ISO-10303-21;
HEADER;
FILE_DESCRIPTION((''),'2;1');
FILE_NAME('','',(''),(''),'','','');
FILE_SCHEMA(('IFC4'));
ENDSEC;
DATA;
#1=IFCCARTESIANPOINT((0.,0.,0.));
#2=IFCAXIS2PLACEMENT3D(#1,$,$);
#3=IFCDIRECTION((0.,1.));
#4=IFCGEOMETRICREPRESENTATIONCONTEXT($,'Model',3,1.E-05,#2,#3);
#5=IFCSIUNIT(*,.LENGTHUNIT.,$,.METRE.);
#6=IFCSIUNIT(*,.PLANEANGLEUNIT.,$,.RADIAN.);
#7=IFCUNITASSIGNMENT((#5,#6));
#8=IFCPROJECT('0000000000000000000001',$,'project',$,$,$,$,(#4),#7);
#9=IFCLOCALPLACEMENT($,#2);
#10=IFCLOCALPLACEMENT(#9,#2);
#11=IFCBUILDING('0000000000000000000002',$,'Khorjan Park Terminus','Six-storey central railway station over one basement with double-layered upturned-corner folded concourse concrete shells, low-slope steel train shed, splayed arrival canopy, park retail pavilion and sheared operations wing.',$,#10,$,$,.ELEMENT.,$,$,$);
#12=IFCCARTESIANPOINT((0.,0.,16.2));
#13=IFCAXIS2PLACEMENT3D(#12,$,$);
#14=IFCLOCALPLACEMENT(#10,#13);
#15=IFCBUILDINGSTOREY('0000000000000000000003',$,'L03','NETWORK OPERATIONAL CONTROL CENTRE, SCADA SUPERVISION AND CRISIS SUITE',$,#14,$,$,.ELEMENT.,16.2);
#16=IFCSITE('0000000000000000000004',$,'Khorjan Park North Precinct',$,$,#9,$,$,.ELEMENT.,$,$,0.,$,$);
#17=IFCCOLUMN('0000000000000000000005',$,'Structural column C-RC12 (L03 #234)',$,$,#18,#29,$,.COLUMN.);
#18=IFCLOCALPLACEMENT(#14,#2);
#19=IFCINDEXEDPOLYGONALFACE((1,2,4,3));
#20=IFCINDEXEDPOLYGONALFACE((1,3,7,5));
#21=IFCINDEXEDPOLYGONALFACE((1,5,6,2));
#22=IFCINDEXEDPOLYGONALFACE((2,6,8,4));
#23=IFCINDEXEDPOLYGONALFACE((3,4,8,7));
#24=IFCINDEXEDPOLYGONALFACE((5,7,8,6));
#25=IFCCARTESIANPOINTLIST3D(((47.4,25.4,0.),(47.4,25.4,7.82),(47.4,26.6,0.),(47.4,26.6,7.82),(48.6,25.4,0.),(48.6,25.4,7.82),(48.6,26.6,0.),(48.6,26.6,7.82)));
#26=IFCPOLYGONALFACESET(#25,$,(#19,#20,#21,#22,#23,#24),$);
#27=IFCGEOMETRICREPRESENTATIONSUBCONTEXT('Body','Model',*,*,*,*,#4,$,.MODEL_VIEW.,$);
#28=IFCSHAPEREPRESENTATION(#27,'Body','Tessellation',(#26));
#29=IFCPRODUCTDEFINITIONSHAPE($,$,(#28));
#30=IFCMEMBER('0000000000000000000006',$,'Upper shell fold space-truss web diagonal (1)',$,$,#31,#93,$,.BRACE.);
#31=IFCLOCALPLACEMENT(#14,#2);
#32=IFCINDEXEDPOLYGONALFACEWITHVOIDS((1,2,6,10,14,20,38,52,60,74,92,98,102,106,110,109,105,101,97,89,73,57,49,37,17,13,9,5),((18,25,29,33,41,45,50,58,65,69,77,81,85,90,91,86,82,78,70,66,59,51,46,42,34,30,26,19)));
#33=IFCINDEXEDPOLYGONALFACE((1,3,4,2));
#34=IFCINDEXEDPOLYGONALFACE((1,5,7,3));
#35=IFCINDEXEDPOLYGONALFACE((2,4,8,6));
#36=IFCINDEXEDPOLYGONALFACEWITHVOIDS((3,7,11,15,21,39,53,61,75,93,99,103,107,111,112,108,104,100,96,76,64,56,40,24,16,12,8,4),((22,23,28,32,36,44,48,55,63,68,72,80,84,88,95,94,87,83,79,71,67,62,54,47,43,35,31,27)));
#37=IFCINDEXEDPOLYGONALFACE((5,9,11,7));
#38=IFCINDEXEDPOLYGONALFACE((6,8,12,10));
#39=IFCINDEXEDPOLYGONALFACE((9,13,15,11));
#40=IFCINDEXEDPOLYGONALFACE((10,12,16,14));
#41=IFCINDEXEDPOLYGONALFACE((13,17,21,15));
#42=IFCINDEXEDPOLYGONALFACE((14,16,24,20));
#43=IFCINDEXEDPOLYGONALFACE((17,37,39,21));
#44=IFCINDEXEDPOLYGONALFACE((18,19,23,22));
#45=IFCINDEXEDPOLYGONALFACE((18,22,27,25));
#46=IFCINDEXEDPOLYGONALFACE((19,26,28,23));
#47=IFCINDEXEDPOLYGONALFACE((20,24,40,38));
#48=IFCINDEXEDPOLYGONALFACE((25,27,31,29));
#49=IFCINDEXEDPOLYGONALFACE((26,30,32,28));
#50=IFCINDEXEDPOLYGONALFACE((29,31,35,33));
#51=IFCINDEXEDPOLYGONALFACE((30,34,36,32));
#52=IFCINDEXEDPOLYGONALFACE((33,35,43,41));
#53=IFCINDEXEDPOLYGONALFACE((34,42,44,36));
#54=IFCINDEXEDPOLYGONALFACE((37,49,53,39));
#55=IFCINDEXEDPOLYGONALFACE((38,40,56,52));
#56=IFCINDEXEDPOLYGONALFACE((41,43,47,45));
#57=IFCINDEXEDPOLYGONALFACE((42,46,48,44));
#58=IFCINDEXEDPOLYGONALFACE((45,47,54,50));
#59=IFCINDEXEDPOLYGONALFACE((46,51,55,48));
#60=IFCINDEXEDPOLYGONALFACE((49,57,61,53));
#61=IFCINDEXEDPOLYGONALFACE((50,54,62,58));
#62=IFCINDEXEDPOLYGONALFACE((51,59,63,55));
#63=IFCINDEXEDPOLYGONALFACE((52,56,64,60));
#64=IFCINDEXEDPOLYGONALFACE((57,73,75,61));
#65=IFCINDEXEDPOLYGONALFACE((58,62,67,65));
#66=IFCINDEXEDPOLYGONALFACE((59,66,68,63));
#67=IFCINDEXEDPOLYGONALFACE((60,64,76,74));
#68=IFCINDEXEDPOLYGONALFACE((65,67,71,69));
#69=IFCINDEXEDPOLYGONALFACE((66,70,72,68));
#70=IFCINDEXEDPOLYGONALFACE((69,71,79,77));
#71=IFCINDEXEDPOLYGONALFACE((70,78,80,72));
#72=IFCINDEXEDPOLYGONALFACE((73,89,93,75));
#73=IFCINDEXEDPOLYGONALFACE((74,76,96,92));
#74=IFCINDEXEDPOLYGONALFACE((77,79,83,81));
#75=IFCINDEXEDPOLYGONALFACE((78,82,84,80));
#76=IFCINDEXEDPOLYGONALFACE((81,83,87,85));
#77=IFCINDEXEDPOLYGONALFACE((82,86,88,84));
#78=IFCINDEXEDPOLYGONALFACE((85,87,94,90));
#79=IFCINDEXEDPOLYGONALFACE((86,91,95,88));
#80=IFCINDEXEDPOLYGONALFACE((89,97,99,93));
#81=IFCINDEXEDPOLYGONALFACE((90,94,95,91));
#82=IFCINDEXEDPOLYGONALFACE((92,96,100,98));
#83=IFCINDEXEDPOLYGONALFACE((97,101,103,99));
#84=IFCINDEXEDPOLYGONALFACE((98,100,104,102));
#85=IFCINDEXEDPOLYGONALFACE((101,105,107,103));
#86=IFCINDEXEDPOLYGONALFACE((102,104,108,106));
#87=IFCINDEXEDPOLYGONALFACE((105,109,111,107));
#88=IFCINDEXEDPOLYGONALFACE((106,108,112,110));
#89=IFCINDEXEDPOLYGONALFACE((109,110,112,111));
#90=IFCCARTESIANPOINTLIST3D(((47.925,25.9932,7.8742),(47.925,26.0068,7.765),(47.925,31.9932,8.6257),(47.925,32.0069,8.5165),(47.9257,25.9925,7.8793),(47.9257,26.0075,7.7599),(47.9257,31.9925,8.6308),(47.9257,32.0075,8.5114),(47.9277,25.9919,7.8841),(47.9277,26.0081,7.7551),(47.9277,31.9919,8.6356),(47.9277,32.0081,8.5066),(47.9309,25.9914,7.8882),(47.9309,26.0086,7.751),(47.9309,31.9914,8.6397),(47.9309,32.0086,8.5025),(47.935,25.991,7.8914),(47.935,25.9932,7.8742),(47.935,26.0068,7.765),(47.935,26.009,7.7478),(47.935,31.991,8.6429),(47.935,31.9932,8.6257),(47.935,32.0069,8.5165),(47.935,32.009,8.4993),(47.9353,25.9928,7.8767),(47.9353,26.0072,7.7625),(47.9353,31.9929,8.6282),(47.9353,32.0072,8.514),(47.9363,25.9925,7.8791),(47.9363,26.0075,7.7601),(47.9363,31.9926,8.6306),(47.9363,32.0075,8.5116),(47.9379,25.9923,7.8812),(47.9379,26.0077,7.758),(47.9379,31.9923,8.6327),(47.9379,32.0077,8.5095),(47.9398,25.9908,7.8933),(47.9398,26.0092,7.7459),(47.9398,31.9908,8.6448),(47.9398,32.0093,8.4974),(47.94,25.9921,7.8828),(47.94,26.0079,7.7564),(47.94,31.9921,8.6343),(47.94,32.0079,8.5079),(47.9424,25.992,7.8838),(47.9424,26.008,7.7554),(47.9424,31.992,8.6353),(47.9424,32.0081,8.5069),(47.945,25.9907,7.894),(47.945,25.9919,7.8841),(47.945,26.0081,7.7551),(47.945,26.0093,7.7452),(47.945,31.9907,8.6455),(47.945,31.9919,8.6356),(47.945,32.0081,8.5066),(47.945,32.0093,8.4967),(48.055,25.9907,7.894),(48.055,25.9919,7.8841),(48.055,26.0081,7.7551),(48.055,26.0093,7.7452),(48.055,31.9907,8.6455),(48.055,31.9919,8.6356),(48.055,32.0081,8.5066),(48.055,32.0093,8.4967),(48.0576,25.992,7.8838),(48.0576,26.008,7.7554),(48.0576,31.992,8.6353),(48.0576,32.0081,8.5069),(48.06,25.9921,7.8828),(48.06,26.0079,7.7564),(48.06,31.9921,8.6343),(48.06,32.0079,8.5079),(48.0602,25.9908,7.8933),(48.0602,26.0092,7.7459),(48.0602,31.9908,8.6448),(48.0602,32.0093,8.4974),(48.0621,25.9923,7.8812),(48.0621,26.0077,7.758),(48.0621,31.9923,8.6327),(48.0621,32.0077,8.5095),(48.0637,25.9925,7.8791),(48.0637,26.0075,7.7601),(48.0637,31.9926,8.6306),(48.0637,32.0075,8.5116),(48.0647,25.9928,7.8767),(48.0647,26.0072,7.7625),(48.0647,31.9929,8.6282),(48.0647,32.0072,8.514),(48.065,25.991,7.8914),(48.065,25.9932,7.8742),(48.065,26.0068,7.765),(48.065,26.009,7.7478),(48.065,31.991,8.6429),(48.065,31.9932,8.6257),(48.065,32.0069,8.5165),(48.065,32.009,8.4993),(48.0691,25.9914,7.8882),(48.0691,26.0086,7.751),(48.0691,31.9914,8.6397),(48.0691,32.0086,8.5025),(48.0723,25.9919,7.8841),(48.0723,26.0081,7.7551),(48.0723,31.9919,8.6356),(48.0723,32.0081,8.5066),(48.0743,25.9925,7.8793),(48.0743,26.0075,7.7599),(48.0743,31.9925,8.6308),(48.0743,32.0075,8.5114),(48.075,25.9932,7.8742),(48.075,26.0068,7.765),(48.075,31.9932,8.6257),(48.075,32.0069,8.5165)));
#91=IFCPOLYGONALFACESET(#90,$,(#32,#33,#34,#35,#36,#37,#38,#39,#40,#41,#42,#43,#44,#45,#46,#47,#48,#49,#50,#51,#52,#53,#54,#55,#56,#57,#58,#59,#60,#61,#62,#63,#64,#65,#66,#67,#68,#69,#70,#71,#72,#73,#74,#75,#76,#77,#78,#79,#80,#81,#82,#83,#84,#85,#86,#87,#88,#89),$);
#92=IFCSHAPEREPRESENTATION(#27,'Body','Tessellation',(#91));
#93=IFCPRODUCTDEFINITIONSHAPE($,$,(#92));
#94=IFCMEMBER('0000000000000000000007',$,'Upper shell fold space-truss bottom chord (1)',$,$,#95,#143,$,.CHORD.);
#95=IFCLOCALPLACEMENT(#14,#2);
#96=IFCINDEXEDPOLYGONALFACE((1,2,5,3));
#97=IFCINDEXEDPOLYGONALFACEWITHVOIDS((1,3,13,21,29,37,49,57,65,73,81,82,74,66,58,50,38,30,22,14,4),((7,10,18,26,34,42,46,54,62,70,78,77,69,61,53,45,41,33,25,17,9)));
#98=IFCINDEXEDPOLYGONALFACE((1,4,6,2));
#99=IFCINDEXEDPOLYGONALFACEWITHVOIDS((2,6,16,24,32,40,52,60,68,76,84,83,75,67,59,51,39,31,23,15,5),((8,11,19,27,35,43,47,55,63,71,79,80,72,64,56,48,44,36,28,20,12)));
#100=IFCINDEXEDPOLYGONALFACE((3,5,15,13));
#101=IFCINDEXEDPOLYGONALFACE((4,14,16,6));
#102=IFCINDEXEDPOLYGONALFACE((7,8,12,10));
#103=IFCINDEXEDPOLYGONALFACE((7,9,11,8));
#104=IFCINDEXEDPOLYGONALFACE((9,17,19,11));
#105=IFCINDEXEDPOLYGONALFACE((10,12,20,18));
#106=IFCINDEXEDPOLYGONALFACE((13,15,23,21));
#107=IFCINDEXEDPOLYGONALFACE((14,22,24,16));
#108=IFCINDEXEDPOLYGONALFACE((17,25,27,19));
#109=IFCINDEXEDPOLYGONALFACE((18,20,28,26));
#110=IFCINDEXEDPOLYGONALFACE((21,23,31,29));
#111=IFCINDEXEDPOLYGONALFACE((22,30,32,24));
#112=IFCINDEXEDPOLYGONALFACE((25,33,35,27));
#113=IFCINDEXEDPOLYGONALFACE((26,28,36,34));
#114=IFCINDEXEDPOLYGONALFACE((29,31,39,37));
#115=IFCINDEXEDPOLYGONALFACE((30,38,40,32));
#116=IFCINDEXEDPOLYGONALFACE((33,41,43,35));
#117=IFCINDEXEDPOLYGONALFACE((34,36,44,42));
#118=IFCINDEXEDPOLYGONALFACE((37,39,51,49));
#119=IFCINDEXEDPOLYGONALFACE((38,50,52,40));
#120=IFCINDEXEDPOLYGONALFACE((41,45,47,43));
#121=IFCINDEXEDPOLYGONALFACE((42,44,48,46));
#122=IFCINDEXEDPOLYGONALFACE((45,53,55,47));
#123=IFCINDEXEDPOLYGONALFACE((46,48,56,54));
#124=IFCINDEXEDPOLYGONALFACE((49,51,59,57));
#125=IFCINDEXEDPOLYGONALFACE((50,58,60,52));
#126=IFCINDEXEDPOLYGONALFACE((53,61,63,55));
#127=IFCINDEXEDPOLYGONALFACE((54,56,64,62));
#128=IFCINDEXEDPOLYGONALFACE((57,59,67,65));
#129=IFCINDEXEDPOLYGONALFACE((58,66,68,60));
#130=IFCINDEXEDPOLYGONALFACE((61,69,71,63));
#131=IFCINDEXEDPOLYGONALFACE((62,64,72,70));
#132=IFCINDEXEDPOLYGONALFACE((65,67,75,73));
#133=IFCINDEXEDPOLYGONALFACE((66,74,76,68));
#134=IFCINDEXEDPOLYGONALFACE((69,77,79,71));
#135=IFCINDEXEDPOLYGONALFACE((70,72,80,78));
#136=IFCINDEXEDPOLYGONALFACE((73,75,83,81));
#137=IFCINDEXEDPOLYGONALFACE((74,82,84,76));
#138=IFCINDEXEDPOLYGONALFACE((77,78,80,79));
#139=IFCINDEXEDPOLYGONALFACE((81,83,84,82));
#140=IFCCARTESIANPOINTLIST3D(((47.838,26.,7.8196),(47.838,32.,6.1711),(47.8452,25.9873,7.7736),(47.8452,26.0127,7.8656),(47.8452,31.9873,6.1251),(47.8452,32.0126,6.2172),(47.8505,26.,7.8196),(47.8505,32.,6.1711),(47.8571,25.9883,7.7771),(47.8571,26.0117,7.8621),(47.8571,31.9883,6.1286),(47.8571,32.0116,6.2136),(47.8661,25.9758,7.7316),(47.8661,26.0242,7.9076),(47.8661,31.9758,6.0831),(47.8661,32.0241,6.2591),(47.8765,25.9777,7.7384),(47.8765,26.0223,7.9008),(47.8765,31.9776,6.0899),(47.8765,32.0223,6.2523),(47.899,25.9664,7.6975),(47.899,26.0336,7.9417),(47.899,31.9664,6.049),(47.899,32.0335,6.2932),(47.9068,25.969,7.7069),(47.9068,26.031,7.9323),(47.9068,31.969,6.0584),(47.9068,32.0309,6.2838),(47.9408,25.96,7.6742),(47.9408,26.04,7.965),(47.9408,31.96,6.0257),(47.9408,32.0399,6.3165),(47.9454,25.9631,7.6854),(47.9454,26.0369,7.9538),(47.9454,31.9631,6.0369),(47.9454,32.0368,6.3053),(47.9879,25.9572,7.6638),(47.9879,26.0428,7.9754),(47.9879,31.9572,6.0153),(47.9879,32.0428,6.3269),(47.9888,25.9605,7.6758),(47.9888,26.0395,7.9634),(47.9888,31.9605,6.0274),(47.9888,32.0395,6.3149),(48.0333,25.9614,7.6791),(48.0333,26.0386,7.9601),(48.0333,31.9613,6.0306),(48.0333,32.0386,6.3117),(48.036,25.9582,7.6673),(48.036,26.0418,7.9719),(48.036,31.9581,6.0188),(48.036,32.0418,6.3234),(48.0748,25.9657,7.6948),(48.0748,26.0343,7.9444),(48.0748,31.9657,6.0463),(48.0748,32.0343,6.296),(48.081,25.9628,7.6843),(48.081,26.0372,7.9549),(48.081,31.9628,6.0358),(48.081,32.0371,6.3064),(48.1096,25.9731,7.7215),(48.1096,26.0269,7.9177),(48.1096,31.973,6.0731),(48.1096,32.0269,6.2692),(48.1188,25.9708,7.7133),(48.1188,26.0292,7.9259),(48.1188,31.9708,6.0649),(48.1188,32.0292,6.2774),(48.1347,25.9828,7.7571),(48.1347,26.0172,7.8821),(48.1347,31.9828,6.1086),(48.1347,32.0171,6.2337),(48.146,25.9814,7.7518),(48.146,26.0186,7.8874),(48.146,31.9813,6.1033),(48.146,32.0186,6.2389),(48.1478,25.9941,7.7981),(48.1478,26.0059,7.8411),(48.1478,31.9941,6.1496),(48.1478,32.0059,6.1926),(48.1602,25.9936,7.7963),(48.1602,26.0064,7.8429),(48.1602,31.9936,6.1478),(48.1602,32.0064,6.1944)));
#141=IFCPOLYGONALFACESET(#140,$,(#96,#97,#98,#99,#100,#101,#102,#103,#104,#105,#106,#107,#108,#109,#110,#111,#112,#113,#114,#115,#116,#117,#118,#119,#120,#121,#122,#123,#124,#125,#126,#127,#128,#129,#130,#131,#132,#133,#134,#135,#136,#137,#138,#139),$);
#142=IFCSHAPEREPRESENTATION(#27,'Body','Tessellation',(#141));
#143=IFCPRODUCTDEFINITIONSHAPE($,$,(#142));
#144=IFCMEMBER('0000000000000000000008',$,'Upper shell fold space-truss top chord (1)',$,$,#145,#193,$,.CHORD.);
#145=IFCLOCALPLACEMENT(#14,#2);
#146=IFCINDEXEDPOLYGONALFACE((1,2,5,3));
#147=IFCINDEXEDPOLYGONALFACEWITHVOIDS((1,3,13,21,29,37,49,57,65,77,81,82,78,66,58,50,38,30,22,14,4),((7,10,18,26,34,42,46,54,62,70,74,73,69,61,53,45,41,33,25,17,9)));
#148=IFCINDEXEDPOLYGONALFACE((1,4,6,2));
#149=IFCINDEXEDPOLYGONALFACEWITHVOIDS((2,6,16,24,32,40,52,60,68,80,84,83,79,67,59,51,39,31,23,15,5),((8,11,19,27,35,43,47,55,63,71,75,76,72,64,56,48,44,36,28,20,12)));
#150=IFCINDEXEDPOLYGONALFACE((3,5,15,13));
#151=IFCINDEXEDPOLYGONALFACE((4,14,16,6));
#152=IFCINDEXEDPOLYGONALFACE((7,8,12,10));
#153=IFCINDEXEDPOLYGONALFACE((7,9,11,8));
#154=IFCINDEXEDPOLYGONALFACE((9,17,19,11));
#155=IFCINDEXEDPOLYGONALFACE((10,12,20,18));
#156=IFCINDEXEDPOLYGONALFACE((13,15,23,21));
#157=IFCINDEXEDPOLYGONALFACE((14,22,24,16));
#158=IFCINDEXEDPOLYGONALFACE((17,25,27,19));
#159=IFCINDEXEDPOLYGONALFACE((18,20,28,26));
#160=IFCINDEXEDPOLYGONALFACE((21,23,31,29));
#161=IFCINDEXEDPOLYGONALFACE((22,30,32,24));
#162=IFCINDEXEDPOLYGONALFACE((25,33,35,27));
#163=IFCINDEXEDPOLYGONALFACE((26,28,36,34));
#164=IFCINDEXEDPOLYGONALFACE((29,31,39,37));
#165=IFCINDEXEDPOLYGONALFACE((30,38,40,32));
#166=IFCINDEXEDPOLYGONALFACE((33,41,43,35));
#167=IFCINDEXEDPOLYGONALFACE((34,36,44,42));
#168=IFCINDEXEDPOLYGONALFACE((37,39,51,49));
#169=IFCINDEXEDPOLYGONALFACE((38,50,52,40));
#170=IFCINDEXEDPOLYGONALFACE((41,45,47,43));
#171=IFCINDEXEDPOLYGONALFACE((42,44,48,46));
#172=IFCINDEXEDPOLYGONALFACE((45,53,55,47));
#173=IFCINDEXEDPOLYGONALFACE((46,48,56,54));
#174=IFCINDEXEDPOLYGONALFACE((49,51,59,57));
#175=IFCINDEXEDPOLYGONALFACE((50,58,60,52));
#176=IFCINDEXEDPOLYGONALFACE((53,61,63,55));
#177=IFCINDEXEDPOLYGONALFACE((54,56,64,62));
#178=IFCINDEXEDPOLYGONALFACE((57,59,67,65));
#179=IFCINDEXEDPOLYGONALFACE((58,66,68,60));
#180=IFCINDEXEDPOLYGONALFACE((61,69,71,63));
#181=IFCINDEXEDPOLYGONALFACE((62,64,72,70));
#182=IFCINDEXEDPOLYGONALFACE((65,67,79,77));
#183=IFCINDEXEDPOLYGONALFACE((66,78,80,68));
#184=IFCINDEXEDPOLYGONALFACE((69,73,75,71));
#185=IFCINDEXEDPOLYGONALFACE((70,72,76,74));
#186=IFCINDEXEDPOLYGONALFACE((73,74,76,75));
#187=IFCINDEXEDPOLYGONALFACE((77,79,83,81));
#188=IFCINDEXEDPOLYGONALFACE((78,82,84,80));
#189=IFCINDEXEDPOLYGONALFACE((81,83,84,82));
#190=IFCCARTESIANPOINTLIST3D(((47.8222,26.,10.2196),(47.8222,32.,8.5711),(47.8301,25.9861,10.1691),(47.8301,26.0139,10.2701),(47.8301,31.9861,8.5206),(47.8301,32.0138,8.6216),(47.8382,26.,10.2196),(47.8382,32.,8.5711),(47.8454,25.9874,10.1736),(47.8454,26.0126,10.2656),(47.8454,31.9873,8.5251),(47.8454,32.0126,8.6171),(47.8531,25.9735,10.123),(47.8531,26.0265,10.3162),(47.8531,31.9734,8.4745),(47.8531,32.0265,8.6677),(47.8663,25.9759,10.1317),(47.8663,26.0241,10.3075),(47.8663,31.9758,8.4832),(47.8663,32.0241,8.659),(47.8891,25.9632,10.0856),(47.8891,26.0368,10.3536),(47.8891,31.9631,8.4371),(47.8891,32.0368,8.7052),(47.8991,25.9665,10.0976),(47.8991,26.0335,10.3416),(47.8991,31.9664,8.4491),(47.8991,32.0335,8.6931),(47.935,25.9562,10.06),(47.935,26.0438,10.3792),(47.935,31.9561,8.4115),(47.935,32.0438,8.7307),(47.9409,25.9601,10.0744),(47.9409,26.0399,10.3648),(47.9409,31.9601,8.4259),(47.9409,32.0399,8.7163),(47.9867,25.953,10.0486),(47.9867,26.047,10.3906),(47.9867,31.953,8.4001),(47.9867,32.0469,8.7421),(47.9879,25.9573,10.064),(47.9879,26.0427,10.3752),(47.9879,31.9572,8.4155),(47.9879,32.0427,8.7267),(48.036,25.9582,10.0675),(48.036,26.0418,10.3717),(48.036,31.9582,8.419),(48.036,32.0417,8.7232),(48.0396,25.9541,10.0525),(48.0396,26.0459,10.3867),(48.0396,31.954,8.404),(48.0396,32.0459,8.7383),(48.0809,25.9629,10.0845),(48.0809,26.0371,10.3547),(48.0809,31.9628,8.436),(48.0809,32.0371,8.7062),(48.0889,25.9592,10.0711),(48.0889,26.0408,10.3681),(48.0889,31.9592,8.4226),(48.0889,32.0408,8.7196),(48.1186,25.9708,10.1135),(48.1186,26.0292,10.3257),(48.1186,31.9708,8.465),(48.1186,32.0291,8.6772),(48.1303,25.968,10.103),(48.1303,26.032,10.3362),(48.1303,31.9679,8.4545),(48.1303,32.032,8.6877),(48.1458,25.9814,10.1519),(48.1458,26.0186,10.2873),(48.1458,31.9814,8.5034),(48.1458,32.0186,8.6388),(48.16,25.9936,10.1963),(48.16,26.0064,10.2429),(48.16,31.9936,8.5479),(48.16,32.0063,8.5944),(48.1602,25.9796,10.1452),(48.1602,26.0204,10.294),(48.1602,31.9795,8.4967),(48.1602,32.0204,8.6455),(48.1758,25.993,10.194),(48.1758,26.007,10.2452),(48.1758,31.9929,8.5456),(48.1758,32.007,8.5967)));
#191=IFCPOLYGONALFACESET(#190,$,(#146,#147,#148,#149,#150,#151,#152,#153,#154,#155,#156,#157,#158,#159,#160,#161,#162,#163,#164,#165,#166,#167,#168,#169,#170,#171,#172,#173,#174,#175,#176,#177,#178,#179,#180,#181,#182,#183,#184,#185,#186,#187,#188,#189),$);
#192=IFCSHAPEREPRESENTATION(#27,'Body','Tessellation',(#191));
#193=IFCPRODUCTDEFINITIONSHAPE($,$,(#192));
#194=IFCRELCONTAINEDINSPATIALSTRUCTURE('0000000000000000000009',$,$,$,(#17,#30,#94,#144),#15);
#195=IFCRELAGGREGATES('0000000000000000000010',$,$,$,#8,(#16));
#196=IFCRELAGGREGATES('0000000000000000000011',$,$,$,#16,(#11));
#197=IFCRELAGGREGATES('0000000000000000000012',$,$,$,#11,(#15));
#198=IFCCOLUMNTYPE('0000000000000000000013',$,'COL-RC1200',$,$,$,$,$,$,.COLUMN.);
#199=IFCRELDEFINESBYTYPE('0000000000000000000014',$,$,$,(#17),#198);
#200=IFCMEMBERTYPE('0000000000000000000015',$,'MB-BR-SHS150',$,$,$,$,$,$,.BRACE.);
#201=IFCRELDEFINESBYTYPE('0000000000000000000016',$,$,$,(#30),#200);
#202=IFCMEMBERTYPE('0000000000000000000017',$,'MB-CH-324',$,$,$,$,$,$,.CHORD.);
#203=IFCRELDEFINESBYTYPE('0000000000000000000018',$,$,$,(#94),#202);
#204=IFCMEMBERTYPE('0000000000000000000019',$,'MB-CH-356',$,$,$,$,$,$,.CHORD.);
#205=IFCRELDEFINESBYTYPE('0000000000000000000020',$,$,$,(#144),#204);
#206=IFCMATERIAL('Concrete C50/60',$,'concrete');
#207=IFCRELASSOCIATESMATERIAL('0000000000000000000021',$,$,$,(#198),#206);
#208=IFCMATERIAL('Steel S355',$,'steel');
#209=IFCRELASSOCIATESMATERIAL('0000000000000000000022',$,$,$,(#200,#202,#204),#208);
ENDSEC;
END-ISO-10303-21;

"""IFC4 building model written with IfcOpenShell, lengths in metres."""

from ifc_helpers import new_model, si_unit, direction, frame, origin, origin_2d, place, context, subcontext, project, spatial, rectangle, hollow_rectangle, hollow_circle, extrude, material, material_profile, profile_set, type_object, element, save


model = new_model("IFC4")

# Units and contexts
model_context = context("Model", 3, precision=1e-05, world=origin(), true_north=direction((0.0, 1.0)))
body_context = subcontext(model_context, "Body", "Model", "MODEL_VIEW")
ifc_project = project(units=[si_unit("LENGTHUNIT", "METRE"), si_unit("PLANEANGLEUNIT", "RADIAN")], contexts=[model_context])

# Site, building, storey
site_placement = place(None, origin())
site = spatial("IfcSite", under=ifc_project, at=site_placement, Name="Khorjan Park North Precinct", CompositionType="ELEMENT", RefElevation=0.0)
building_placement = place(site_placement, origin())
building = spatial("IfcBuilding", under=site, at=building_placement, Name="Khorjan Park Terminus", Description="Six-storey central railway station over one basement with double-layered upturned-corner folded concourse concrete shells, low-slope steel train shed, splayed arrival canopy, park retail pavilion and sheared operations wing.", CompositionType="ELEMENT")
storey_placement = place(building_placement, frame((0.0, 0.0, 16.2)))
storey = spatial("IfcBuildingStorey", under=building, at=storey_placement, Name="L03", Description="NETWORK OPERATIONAL CONTROL CENTRE, SCADA SUPERVISION AND CRISIS SUITE", CompositionType="ELEMENT", Elevation=16.2)

# Column
ifc_material_1 = material(Name="Concrete C50/60", Category="concrete")
ifc_material_profile_1 = material_profile(ifc_material_1, rectangle(XDim=1.2, YDim=1.2, at=origin_2d()), Name="RC 1200x1200")
ifc_profile_set_1 = profile_set([ifc_material_profile_1], Name="Concrete C50/60")
column_type = type_object("IfcColumnType", Name="COL-RC1200", PredefinedType="COLUMN", material=ifc_profile_set_1)
column_placement = place(storey_placement, frame((48.0, 26.0, 0.0), z_axis=(0.0, 0.0, 1.0), x_axis=(1.0, 0.0, 0.0)))
element("IfcColumn", 1, at=column_placement, inside=storey, type_object=column_type, Name="Structural column C-RC12 (L03 #234)", PredefinedType="COLUMN", context=body_context, shape_type="SweptSolid", body=[
    extrude(rectangle(XDim=1.2, YDim=1.2, at=origin_2d()), origin(), (0.0, 0.0, 1.0), 7.82),
])

# Members
ifc_material_2 = material(Name="Steel S355", Category="steel")
ifc_material_profile_2 = material_profile(ifc_material_2, hollow_rectangle(XDim=0.15, YDim=0.15, WallThickness=0.01, InnerFilletRadius=0.01, OuterFilletRadius=0.02, at=origin_2d()), Name="SHS 150x150x10")
ifc_profile_set_2 = profile_set([ifc_material_profile_2], Name="Steel S355")
member_type_1 = type_object("IfcMemberType", Name="MB-BR-SHS150", PredefinedType="BRACE", material=ifc_profile_set_2)
member_1_placement = place(storey_placement, frame((48.0, 26.0, 7.8196), z_axis=(0.0, 0.992247, 0.124279), x_axis=(-1.0, 0.0, 0.0)))
element("IfcMember", 2, at=member_1_placement, inside=storey, type_object=member_type_1, Name="Upper shell fold space-truss web diagonal (1)", PredefinedType="BRACE", context=body_context, shape_type="SweptSolid", body=[
    extrude(hollow_rectangle(XDim=0.15, YDim=0.15, WallThickness=0.01, InnerFilletRadius=0.01, OuterFilletRadius=0.02, at=origin_2d()), origin(), (0.0, 0.0, 1.0), 6.0469),
])
ifc_material_profile_3 = material_profile(ifc_material_2, hollow_circle(Radius=0.162, WallThickness=0.0125, at=origin_2d()), Name="CHS 323.9x12.5")
ifc_profile_set_3 = profile_set([ifc_material_profile_3], Name="Steel S355")
member_type_2 = type_object("IfcMemberType", Name="MB-CH-324", PredefinedType="CHORD", material=ifc_profile_set_3)
member_2_placement = place(storey_placement, frame((48.0, 26.0, 7.8196), z_axis=(0.0, 0.964267, -0.264932), x_axis=(-1.0, 0.0, 0.0)))
element("IfcMember", 3, at=member_2_placement, inside=storey, type_object=member_type_2, Name="Upper shell fold space-truss bottom chord (1)", PredefinedType="CHORD", context=body_context, shape_type="SweptSolid", body=[
    extrude(hollow_circle(Radius=0.162, WallThickness=0.0125, at=origin_2d()), origin(), (0.0, 0.0, 1.0), 6.2223),
])
ifc_material_profile_4 = material_profile(ifc_material_2, hollow_circle(Radius=0.1778, WallThickness=0.016, at=origin_2d()), Name="CHS 355.6x16")
ifc_profile_set_4 = profile_set([ifc_material_profile_4], Name="Steel S355")
member_type_3 = type_object("IfcMemberType", Name="MB-CH-356", PredefinedType="CHORD", material=ifc_profile_set_4)
member_3_placement = place(storey_placement, frame((48.0, 26.0, 10.2196), z_axis=(0.0, 0.964267, -0.264932), x_axis=(-1.0, 0.0, 0.0)))
element("IfcMember", 4, at=member_3_placement, inside=storey, type_object=member_type_3, Name="Upper shell fold space-truss top chord (1)", PredefinedType="CHORD", context=body_context, shape_type="SweptSolid", body=[
    extrude(hollow_circle(Radius=0.1778, WallThickness=0.016, at=origin_2d()), origin(), (0.0, 0.0, 1.0), 6.2223),
])

save(model, "model.ifc")
